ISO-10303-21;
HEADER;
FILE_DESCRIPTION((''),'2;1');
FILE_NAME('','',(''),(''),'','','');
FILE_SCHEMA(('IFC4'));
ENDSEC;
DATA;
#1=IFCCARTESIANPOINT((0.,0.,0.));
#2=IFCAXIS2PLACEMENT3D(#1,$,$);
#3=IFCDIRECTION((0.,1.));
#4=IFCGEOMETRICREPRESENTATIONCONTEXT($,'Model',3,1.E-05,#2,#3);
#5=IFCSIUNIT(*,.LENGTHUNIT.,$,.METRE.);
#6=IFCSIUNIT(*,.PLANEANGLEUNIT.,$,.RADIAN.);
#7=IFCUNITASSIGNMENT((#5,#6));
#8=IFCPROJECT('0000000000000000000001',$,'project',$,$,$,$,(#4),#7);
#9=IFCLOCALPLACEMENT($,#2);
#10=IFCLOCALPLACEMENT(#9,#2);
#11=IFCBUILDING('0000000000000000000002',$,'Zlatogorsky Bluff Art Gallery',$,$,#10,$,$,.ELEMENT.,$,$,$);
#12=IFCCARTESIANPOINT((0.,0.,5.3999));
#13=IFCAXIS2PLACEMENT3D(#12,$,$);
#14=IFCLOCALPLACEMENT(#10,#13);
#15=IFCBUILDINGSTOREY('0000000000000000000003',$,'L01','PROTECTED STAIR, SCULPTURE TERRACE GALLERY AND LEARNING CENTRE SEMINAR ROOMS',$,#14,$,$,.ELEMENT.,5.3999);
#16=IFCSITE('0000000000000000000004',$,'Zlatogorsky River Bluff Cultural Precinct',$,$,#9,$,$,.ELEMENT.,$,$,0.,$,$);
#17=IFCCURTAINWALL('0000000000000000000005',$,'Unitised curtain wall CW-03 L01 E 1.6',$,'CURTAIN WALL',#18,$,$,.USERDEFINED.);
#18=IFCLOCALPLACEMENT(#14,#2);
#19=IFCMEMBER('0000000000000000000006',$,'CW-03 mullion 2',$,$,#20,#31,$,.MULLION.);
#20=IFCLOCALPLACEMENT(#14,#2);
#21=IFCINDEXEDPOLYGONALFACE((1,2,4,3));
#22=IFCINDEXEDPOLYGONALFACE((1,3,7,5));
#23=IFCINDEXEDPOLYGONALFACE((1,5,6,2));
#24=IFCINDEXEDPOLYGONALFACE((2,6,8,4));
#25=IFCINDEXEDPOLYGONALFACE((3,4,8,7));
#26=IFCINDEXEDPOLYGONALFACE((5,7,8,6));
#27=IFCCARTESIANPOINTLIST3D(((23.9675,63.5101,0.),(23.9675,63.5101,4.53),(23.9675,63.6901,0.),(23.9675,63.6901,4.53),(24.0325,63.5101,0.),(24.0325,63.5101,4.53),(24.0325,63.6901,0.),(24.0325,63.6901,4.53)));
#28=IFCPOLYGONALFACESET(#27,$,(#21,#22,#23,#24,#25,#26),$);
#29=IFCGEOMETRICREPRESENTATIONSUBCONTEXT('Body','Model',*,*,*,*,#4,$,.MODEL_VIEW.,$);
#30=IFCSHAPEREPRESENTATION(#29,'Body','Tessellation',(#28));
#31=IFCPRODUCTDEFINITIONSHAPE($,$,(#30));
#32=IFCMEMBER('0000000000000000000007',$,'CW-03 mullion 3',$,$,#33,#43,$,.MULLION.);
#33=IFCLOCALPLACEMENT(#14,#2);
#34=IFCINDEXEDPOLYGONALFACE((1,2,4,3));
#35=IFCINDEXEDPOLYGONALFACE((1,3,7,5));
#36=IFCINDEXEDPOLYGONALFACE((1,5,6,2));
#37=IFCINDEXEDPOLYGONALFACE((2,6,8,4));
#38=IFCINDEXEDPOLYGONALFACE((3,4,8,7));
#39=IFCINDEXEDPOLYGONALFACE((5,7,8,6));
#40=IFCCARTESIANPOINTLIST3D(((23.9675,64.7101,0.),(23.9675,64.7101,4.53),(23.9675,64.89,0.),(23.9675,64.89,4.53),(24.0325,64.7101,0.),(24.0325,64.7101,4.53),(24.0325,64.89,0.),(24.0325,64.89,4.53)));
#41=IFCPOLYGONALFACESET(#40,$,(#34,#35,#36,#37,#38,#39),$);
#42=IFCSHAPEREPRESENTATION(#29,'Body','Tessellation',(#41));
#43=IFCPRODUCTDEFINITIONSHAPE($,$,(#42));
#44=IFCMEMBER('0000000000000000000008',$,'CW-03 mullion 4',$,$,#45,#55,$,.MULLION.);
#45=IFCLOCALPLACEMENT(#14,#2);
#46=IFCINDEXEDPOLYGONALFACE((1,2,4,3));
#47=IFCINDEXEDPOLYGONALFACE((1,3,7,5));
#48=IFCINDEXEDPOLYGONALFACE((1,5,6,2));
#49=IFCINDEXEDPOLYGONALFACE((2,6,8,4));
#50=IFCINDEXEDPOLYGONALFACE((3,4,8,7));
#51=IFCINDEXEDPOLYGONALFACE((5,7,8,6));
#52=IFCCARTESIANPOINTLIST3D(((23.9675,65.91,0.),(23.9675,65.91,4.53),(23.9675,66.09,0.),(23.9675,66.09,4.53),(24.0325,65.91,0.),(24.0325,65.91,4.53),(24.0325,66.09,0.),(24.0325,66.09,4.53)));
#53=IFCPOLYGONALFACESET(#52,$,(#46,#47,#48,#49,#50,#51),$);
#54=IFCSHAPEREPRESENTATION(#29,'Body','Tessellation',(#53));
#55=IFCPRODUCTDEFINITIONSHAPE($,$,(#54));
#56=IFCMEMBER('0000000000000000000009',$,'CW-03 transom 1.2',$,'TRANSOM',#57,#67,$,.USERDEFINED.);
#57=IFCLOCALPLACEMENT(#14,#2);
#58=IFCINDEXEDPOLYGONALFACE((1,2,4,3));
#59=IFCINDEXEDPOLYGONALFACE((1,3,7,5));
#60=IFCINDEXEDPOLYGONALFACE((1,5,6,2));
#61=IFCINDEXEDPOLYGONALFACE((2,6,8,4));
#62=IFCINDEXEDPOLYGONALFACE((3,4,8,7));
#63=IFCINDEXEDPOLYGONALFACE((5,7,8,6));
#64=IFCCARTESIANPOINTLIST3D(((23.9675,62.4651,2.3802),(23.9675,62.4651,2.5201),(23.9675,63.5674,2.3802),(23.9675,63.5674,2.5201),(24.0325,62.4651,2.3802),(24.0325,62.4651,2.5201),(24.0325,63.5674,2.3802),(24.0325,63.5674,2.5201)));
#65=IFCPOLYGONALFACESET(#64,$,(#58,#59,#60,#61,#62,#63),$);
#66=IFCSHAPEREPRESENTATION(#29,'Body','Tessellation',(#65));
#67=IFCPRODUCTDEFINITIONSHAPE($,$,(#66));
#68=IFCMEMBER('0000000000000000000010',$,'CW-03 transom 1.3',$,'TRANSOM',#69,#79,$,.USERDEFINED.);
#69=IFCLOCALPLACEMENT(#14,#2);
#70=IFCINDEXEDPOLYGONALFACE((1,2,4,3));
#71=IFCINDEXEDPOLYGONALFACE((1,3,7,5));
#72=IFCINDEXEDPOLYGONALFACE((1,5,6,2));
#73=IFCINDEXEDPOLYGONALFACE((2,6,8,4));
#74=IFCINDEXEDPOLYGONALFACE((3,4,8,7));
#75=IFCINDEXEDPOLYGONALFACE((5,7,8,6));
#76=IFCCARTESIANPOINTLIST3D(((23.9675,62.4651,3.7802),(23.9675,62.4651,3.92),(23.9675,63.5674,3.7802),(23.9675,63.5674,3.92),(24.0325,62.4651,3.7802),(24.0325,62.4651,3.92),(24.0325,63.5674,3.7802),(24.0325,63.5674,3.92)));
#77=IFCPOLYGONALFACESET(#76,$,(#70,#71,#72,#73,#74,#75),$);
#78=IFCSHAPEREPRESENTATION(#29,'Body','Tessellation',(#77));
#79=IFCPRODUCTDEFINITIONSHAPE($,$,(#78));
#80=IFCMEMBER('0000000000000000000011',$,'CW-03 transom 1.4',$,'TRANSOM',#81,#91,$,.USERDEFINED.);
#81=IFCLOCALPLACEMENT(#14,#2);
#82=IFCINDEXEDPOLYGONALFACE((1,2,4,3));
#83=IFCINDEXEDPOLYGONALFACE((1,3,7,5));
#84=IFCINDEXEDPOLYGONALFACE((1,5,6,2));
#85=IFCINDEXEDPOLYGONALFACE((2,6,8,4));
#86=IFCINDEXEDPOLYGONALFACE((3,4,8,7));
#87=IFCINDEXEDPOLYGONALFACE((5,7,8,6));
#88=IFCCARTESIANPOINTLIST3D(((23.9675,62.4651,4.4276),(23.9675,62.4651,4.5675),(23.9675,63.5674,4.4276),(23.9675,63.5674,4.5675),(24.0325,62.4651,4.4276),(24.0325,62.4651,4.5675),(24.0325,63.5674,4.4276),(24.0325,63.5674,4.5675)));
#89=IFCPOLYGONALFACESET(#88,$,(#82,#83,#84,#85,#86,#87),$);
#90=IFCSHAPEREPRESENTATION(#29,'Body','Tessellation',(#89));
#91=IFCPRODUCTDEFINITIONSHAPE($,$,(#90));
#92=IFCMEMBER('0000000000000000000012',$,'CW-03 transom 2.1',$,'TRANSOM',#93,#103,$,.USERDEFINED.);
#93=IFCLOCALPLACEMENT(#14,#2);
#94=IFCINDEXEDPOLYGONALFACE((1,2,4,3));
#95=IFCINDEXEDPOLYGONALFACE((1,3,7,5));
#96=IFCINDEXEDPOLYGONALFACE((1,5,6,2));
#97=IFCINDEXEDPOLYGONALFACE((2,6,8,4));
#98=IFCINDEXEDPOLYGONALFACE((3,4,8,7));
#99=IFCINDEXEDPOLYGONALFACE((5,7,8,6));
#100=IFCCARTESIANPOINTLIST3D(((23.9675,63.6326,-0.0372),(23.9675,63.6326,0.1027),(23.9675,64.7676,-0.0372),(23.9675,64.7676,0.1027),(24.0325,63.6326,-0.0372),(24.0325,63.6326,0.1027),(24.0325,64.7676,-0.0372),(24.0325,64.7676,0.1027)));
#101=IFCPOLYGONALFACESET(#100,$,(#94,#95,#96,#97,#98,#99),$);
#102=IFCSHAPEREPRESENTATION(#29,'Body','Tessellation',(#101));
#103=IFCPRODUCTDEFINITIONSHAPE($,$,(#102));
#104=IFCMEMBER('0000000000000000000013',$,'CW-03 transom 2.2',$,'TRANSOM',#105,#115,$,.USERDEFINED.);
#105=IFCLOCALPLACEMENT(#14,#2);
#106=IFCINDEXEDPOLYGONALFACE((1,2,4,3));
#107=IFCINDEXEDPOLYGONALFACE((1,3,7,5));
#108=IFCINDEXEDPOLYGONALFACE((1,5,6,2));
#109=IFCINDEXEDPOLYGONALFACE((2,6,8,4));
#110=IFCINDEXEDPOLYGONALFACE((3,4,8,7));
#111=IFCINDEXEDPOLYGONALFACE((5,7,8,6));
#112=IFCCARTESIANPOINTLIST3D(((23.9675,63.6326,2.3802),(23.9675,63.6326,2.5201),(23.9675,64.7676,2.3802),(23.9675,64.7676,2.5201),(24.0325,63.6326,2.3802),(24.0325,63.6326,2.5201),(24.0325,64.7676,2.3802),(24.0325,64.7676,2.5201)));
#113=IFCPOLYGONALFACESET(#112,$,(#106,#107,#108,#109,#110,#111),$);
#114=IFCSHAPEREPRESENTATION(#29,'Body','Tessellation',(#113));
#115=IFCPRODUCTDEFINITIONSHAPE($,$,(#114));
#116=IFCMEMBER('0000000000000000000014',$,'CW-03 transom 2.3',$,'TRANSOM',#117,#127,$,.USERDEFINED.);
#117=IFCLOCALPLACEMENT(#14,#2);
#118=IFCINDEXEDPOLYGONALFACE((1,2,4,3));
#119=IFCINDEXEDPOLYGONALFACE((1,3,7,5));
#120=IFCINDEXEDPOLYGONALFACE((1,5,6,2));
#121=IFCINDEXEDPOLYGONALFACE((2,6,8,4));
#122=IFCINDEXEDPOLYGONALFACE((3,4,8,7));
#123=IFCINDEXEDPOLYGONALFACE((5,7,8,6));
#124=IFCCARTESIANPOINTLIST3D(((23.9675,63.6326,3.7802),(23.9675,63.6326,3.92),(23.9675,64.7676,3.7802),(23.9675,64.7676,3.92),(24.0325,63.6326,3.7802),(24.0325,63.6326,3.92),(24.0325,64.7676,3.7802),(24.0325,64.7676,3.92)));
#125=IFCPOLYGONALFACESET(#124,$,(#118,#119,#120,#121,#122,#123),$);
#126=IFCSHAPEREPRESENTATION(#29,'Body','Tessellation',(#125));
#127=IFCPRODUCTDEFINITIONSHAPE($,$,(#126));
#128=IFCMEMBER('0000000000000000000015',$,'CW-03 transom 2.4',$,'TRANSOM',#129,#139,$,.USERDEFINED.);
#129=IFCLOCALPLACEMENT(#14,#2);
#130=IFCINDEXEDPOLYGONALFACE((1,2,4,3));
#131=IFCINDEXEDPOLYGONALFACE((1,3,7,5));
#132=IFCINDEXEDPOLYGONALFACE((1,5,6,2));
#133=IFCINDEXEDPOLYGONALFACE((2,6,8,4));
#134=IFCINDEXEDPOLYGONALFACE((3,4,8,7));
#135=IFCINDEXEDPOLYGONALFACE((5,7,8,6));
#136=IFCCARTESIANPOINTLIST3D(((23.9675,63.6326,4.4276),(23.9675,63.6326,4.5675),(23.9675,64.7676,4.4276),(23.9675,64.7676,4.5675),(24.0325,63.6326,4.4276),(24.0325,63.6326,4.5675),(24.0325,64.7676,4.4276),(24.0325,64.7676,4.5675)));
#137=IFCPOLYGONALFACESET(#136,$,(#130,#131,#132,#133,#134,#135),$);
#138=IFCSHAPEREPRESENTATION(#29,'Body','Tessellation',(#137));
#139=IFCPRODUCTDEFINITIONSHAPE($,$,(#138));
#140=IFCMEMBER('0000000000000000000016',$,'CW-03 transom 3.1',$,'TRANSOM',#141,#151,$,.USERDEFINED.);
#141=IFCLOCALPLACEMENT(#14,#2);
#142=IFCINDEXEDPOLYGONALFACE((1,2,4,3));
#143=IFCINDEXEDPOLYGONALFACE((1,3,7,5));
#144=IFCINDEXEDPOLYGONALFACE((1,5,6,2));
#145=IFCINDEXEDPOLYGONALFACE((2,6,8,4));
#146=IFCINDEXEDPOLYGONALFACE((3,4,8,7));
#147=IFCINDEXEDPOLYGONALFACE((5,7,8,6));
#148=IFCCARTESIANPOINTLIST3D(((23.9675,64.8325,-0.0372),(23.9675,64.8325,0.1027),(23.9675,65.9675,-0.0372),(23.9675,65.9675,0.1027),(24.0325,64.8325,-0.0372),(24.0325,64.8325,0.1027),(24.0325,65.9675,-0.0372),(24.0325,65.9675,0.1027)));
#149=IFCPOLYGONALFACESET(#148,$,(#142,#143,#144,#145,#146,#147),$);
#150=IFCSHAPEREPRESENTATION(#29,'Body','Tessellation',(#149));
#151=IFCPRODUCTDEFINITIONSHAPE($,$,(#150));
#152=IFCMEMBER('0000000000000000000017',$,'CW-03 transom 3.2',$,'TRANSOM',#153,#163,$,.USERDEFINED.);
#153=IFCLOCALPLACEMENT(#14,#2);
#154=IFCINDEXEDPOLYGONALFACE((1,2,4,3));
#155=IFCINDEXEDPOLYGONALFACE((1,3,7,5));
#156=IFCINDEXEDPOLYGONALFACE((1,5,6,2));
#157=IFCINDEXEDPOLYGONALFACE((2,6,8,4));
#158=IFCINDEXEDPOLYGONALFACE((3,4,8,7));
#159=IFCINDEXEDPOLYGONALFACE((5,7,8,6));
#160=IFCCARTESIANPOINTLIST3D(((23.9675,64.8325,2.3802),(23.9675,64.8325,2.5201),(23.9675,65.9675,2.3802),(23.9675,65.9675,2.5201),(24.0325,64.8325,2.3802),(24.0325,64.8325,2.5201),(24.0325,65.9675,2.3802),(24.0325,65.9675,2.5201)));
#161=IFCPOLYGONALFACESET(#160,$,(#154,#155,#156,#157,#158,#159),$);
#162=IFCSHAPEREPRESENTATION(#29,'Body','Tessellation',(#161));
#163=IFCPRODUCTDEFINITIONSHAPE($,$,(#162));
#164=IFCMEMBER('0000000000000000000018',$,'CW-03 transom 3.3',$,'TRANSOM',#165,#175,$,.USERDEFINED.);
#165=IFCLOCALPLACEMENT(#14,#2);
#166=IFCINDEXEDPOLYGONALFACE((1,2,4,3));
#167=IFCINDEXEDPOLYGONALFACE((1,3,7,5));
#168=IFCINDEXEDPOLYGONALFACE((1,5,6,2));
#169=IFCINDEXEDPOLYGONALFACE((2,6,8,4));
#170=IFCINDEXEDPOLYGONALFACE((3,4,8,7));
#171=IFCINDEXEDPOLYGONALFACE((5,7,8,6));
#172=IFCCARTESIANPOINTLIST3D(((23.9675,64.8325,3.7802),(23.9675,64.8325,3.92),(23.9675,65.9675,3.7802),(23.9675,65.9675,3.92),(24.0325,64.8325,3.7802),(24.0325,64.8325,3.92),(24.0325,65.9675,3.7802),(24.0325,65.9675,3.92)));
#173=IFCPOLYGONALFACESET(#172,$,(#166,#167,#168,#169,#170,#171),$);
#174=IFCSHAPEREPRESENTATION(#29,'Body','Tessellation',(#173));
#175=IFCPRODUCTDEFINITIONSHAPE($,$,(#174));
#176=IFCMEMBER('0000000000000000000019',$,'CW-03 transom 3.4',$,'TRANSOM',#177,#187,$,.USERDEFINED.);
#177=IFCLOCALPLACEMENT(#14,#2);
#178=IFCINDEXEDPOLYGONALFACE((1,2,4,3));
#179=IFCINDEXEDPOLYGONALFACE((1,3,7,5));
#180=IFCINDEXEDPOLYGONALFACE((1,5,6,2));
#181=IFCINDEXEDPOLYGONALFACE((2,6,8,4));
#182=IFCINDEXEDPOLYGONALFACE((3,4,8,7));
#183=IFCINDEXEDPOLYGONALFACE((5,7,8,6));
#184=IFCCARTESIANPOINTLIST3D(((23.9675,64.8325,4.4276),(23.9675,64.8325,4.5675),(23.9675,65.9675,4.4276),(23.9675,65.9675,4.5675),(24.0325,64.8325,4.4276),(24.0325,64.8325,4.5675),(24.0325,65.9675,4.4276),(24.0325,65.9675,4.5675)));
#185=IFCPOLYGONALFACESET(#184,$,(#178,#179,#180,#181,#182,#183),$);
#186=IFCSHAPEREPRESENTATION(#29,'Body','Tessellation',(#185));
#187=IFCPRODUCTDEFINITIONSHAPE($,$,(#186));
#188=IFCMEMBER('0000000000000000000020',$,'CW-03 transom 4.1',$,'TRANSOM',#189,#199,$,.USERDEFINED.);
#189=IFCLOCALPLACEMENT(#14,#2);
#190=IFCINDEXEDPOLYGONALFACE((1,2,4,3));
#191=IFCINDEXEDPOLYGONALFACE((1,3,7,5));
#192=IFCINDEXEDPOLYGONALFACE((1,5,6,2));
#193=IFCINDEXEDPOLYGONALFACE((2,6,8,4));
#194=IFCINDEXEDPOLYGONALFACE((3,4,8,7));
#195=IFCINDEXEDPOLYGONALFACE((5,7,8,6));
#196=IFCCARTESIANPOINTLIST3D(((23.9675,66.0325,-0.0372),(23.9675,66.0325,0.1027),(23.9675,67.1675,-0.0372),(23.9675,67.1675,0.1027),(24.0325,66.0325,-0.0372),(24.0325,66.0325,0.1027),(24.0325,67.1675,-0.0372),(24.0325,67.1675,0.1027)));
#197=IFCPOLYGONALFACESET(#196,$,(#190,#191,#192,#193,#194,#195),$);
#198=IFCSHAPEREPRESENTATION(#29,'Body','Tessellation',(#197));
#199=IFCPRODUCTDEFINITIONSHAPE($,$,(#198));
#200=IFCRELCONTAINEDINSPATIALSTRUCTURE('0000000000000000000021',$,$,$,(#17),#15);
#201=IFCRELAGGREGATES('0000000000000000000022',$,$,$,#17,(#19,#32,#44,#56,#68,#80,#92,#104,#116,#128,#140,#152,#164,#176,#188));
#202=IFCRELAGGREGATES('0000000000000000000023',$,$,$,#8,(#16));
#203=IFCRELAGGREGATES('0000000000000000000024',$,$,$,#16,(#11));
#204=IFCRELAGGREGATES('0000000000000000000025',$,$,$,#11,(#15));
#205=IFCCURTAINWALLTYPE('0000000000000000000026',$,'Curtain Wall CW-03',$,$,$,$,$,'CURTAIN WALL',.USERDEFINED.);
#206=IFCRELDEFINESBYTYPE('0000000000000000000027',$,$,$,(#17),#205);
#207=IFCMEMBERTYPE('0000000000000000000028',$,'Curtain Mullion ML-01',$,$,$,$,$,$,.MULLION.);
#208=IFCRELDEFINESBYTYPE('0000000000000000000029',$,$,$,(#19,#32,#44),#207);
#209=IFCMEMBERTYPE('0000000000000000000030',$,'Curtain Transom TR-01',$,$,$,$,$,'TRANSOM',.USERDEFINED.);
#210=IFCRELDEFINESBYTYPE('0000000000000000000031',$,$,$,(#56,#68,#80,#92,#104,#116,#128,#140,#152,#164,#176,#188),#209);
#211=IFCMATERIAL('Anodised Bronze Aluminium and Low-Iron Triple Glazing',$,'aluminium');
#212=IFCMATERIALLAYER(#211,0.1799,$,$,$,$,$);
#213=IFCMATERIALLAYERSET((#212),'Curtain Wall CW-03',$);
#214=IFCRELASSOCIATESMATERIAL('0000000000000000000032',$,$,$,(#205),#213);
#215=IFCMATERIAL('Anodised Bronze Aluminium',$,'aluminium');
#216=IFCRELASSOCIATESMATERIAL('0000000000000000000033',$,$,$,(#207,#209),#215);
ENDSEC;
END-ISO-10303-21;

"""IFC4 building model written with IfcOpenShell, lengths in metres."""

from ifc_helpers import new_model, si_unit, direction, frame, origin, origin_2d, place, context, subcontext, project, spatial, rectangle, extrude, material, layer, layer_set, material_profile, profile_set, type_object, element, aggregate, save


model = new_model("IFC4")

# Units and contexts
model_context = context("Model", 3, precision=1e-05, world=origin(), true_north=direction((0.0, 1.0)))
body_context = subcontext(model_context, "Body", "Model", "MODEL_VIEW")
ifc_project = project(units=[si_unit("LENGTHUNIT", "METRE"), si_unit("PLANEANGLEUNIT", "RADIAN")], contexts=[model_context])

# Site, building, storey
site_placement = place(None, origin())
site = spatial("IfcSite", under=ifc_project, at=site_placement, Name="Zlatogorsky River Bluff Cultural Precinct", CompositionType="ELEMENT", RefElevation=0.0)
building_placement = place(site_placement, origin())
building = spatial("IfcBuilding", under=site, at=building_placement, Name="Zlatogorsky Bluff Art Gallery", CompositionType="ELEMENT")
storey_placement = place(building_placement, frame((0.0, 0.0, 5.3999)))
storey = spatial("IfcBuildingStorey", under=building, at=storey_placement, Name="L01", Description="PROTECTED STAIR, SCULPTURE TERRACE GALLERY AND LEARNING CENTRE SEMINAR ROOMS", CompositionType="ELEMENT", Elevation=5.3999)

# Curtain wall, members
ifc_material_1 = material(Name="Anodised Bronze Aluminium and Low-Iron Triple Glazing", Category="aluminium")
ifc_layer_1 = layer(ifc_material_1, 0.1799)
ifc_layer_set_1 = layer_set([ifc_layer_1], Name="Curtain Wall CW-03")
curtain_wall_type = type_object("IfcCurtainWallType", Name="Curtain Wall CW-03", ElementType="CURTAIN WALL", PredefinedType="USERDEFINED", material=ifc_layer_set_1)
curtain_wall_placement = place(storey_placement, origin())
curtain_wall = element("IfcCurtainWall", 1, at=curtain_wall_placement, inside=storey, type_object=curtain_wall_type, Name="Unitised curtain wall CW-03 L01 E 1.6", ObjectType="CURTAIN WALL", PredefinedType="USERDEFINED")
ifc_material_2 = material(Name="Anodised Bronze Aluminium", Category="aluminium")
ifc_material_profile_1 = material_profile(ifc_material_2, rectangle(XDim=0.0649, YDim=0.1799, at=origin_2d()), Name="ALU MULLION 65x180")
ifc_profile_set_1 = profile_set([ifc_material_profile_1], Name="Anodised Bronze Aluminium")
member_type_1 = type_object("IfcMemberType", Name="Curtain Mullion ML-01", PredefinedType="MULLION", material=ifc_profile_set_1)
member_1_placement = place(storey_placement, frame((24.0, 63.6001, 0.0), z_axis=(0.0, 0.0, 1.0), x_axis=(-1.0, 0.0, 0.0)))
member_1 = element("IfcMember", 2, at=member_1_placement, type_object=member_type_1, Name="CW-03 mullion 2", PredefinedType="MULLION", context=body_context, shape_type="SweptSolid", body=[
    extrude(rectangle(XDim=0.0649, YDim=0.1799, at=origin_2d()), origin(), (0.0, 0.0, 1.0), 4.53),
])
member_2_placement = place(storey_placement, frame((24.0, 64.8, 0.0), z_axis=(0.0, 0.0, 1.0), x_axis=(-1.0, 0.0, 0.0)))
member_2 = element("IfcMember", 3, at=member_2_placement, type_object=member_type_1, Name="CW-03 mullion 3", PredefinedType="MULLION", context=body_context, shape_type="SweptSolid", body=[
    extrude(rectangle(XDim=0.0649, YDim=0.1799, at=origin_2d()), origin(), (0.0, 0.0, 1.0), 4.53),
])
member_3_placement = place(storey_placement, frame((24.0, 66.0, 0.0), z_axis=(0.0, 0.0, 1.0), x_axis=(-1.0, 0.0, 0.0)))
member_3 = element("IfcMember", 4, at=member_3_placement, type_object=member_type_1, Name="CW-03 mullion 4", PredefinedType="MULLION", context=body_context, shape_type="SweptSolid", body=[
    extrude(rectangle(XDim=0.0649, YDim=0.1799, at=origin_2d()), origin(), (0.0, 0.0, 1.0), 4.53),
])
ifc_material_profile_2 = material_profile(ifc_material_2, rectangle(XDim=0.0649, YDim=0.1399, at=origin_2d()), Name="ALU TRANSOM 65x140")
ifc_profile_set_2 = profile_set([ifc_material_profile_2], Name="Anodised Bronze Aluminium")
member_type_2 = type_object("IfcMemberType", Name="Curtain Transom TR-01", ElementType="TRANSOM", PredefinedType="USERDEFINED", material=ifc_profile_set_2)
member_4_placement = place(storey_placement, frame((24.0, 62.4651, 2.4502), z_axis=(0.0, 1.0, 0.0), x_axis=(-1.0, 0.0, 0.0)))
member_4 = element("IfcMember", 5, at=member_4_placement, type_object=member_type_2, Name="CW-03 transom 1.2", ObjectType="TRANSOM", PredefinedType="USERDEFINED", context=body_context, shape_type="SweptSolid", body=[
    extrude(rectangle(XDim=0.0649, YDim=0.1399, at=origin_2d()), origin(), (0.0, 0.0, 1.0), 1.1023),
])
member_5_placement = place(storey_placement, frame((24.0, 62.4651, 3.8501), z_axis=(0.0, 1.0, 0.0), x_axis=(-1.0, 0.0, 0.0)))
member_5 = element("IfcMember", 6, at=member_5_placement, type_object=member_type_2, Name="CW-03 transom 1.3", ObjectType="TRANSOM", PredefinedType="USERDEFINED", context=body_context, shape_type="SweptSolid", body=[
    extrude(rectangle(XDim=0.0649, YDim=0.1399, at=origin_2d()), origin(), (0.0, 0.0, 1.0), 1.1023),
])
member_6_placement = place(storey_placement, frame((24.0, 62.4651, 4.4976), z_axis=(0.0, 1.0, 0.0), x_axis=(-1.0, 0.0, 0.0)))
member_6 = element("IfcMember", 7, at=member_6_placement, type_object=member_type_2, Name="CW-03 transom 1.4", ObjectType="TRANSOM", PredefinedType="USERDEFINED", context=body_context, shape_type="SweptSolid", body=[
    extrude(rectangle(XDim=0.0649, YDim=0.1399, at=origin_2d()), origin(), (0.0, 0.0, 1.0), 1.1023),
])
member_7_placement = place(storey_placement, frame((24.0, 63.6326, 0.0327), z_axis=(0.0, 1.0, 0.0), x_axis=(-1.0, 0.0, 0.0)))
member_7 = element("IfcMember", 8, at=member_7_placement, type_object=member_type_2, Name="CW-03 transom 2.1", ObjectType="TRANSOM", PredefinedType="USERDEFINED", context=body_context, shape_type="SweptSolid", body=[
    extrude(rectangle(XDim=0.0649, YDim=0.1399, at=origin_2d()), origin(), (0.0, 0.0, 1.0), 1.135),
])
member_8_placement = place(storey_placement, frame((24.0, 63.6326, 2.4502), z_axis=(0.0, 1.0, 0.0), x_axis=(-1.0, 0.0, 0.0)))
member_8 = element("IfcMember", 9, at=member_8_placement, type_object=member_type_2, Name="CW-03 transom 2.2", ObjectType="TRANSOM", PredefinedType="USERDEFINED", context=body_context, shape_type="SweptSolid", body=[
    extrude(rectangle(XDim=0.0649, YDim=0.1399, at=origin_2d()), origin(), (0.0, 0.0, 1.0), 1.135),
])
member_9_placement = place(storey_placement, frame((24.0, 63.6326, 3.8501), z_axis=(0.0, 1.0, 0.0), x_axis=(-1.0, 0.0, 0.0)))
member_9 = element("IfcMember", 10, at=member_9_placement, type_object=member_type_2, Name="CW-03 transom 2.3", ObjectType="TRANSOM", PredefinedType="USERDEFINED", context=body_context, shape_type="SweptSolid", body=[
    extrude(rectangle(XDim=0.0649, YDim=0.1399, at=origin_2d()), origin(), (0.0, 0.0, 1.0), 1.135),
])
member_10_placement = place(storey_placement, frame((24.0, 63.6326, 4.4976), z_axis=(0.0, 1.0, 0.0), x_axis=(-1.0, 0.0, 0.0)))
member_10 = element("IfcMember", 11, at=member_10_placement, type_object=member_type_2, Name="CW-03 transom 2.4", ObjectType="TRANSOM", PredefinedType="USERDEFINED", context=body_context, shape_type="SweptSolid", body=[
    extrude(rectangle(XDim=0.0649, YDim=0.1399, at=origin_2d()), origin(), (0.0, 0.0, 1.0), 1.135),
])
member_11_placement = place(storey_placement, frame((24.0, 64.8325, 0.0327), z_axis=(0.0, 1.0, 0.0), x_axis=(-1.0, 0.0, 0.0)))
member_11 = element("IfcMember", 12, at=member_11_placement, type_object=member_type_2, Name="CW-03 transom 3.1", ObjectType="TRANSOM", PredefinedType="USERDEFINED", context=body_context, shape_type="SweptSolid", body=[
    extrude(rectangle(XDim=0.0649, YDim=0.1399, at=origin_2d()), origin(), (0.0, 0.0, 1.0), 1.135),
])
member_12_placement = place(storey_placement, frame((24.0, 64.8325, 2.4502), z_axis=(0.0, 1.0, 0.0), x_axis=(-1.0, 0.0, 0.0)))
member_12 = element("IfcMember", 13, at=member_12_placement, type_object=member_type_2, Name="CW-03 transom 3.2", ObjectType="TRANSOM", PredefinedType="USERDEFINED", context=body_context, shape_type="SweptSolid", body=[
    extrude(rectangle(XDim=0.0649, YDim=0.1399, at=origin_2d()), origin(), (0.0, 0.0, 1.0), 1.135),
])
member_13_placement = place(storey_placement, frame((24.0, 64.8325, 3.8501), z_axis=(0.0, 1.0, 0.0), x_axis=(-1.0, 0.0, 0.0)))
member_13 = element("IfcMember", 14, at=member_13_placement, type_object=member_type_2, Name="CW-03 transom 3.3", ObjectType="TRANSOM", PredefinedType="USERDEFINED", context=body_context, shape_type="SweptSolid", body=[
    extrude(rectangle(XDim=0.0649, YDim=0.1399, at=origin_2d()), origin(), (0.0, 0.0, 1.0), 1.135),
])
member_14_placement = place(storey_placement, frame((24.0, 64.8325, 4.4976), z_axis=(0.0, 1.0, 0.0), x_axis=(-1.0, 0.0, 0.0)))
member_14 = element("IfcMember", 15, at=member_14_placement, type_object=member_type_2, Name="CW-03 transom 3.4", ObjectType="TRANSOM", PredefinedType="USERDEFINED", context=body_context, shape_type="SweptSolid", body=[
    extrude(rectangle(XDim=0.0649, YDim=0.1399, at=origin_2d()), origin(), (0.0, 0.0, 1.0), 1.135),
])
member_15_placement = place(storey_placement, frame((24.0, 66.0325, 0.0327), z_axis=(0.0, 1.0, 0.0), x_axis=(-1.0, 0.0, 0.0)))
member_15 = element("IfcMember", 16, at=member_15_placement, type_object=member_type_2, Name="CW-03 transom 4.1", ObjectType="TRANSOM", PredefinedType="USERDEFINED", context=body_context, shape_type="SweptSolid", body=[
    extrude(rectangle(XDim=0.0649, YDim=0.1399, at=origin_2d()), origin(), (0.0, 0.0, 1.0), 1.135),
])
aggregate(curtain_wall, [member_1, member_2, member_3, member_4, member_5, member_6, member_7, member_8, member_9, member_10, member_11, member_12, member_13, member_14, member_15])

save(model, "model.ifc")
